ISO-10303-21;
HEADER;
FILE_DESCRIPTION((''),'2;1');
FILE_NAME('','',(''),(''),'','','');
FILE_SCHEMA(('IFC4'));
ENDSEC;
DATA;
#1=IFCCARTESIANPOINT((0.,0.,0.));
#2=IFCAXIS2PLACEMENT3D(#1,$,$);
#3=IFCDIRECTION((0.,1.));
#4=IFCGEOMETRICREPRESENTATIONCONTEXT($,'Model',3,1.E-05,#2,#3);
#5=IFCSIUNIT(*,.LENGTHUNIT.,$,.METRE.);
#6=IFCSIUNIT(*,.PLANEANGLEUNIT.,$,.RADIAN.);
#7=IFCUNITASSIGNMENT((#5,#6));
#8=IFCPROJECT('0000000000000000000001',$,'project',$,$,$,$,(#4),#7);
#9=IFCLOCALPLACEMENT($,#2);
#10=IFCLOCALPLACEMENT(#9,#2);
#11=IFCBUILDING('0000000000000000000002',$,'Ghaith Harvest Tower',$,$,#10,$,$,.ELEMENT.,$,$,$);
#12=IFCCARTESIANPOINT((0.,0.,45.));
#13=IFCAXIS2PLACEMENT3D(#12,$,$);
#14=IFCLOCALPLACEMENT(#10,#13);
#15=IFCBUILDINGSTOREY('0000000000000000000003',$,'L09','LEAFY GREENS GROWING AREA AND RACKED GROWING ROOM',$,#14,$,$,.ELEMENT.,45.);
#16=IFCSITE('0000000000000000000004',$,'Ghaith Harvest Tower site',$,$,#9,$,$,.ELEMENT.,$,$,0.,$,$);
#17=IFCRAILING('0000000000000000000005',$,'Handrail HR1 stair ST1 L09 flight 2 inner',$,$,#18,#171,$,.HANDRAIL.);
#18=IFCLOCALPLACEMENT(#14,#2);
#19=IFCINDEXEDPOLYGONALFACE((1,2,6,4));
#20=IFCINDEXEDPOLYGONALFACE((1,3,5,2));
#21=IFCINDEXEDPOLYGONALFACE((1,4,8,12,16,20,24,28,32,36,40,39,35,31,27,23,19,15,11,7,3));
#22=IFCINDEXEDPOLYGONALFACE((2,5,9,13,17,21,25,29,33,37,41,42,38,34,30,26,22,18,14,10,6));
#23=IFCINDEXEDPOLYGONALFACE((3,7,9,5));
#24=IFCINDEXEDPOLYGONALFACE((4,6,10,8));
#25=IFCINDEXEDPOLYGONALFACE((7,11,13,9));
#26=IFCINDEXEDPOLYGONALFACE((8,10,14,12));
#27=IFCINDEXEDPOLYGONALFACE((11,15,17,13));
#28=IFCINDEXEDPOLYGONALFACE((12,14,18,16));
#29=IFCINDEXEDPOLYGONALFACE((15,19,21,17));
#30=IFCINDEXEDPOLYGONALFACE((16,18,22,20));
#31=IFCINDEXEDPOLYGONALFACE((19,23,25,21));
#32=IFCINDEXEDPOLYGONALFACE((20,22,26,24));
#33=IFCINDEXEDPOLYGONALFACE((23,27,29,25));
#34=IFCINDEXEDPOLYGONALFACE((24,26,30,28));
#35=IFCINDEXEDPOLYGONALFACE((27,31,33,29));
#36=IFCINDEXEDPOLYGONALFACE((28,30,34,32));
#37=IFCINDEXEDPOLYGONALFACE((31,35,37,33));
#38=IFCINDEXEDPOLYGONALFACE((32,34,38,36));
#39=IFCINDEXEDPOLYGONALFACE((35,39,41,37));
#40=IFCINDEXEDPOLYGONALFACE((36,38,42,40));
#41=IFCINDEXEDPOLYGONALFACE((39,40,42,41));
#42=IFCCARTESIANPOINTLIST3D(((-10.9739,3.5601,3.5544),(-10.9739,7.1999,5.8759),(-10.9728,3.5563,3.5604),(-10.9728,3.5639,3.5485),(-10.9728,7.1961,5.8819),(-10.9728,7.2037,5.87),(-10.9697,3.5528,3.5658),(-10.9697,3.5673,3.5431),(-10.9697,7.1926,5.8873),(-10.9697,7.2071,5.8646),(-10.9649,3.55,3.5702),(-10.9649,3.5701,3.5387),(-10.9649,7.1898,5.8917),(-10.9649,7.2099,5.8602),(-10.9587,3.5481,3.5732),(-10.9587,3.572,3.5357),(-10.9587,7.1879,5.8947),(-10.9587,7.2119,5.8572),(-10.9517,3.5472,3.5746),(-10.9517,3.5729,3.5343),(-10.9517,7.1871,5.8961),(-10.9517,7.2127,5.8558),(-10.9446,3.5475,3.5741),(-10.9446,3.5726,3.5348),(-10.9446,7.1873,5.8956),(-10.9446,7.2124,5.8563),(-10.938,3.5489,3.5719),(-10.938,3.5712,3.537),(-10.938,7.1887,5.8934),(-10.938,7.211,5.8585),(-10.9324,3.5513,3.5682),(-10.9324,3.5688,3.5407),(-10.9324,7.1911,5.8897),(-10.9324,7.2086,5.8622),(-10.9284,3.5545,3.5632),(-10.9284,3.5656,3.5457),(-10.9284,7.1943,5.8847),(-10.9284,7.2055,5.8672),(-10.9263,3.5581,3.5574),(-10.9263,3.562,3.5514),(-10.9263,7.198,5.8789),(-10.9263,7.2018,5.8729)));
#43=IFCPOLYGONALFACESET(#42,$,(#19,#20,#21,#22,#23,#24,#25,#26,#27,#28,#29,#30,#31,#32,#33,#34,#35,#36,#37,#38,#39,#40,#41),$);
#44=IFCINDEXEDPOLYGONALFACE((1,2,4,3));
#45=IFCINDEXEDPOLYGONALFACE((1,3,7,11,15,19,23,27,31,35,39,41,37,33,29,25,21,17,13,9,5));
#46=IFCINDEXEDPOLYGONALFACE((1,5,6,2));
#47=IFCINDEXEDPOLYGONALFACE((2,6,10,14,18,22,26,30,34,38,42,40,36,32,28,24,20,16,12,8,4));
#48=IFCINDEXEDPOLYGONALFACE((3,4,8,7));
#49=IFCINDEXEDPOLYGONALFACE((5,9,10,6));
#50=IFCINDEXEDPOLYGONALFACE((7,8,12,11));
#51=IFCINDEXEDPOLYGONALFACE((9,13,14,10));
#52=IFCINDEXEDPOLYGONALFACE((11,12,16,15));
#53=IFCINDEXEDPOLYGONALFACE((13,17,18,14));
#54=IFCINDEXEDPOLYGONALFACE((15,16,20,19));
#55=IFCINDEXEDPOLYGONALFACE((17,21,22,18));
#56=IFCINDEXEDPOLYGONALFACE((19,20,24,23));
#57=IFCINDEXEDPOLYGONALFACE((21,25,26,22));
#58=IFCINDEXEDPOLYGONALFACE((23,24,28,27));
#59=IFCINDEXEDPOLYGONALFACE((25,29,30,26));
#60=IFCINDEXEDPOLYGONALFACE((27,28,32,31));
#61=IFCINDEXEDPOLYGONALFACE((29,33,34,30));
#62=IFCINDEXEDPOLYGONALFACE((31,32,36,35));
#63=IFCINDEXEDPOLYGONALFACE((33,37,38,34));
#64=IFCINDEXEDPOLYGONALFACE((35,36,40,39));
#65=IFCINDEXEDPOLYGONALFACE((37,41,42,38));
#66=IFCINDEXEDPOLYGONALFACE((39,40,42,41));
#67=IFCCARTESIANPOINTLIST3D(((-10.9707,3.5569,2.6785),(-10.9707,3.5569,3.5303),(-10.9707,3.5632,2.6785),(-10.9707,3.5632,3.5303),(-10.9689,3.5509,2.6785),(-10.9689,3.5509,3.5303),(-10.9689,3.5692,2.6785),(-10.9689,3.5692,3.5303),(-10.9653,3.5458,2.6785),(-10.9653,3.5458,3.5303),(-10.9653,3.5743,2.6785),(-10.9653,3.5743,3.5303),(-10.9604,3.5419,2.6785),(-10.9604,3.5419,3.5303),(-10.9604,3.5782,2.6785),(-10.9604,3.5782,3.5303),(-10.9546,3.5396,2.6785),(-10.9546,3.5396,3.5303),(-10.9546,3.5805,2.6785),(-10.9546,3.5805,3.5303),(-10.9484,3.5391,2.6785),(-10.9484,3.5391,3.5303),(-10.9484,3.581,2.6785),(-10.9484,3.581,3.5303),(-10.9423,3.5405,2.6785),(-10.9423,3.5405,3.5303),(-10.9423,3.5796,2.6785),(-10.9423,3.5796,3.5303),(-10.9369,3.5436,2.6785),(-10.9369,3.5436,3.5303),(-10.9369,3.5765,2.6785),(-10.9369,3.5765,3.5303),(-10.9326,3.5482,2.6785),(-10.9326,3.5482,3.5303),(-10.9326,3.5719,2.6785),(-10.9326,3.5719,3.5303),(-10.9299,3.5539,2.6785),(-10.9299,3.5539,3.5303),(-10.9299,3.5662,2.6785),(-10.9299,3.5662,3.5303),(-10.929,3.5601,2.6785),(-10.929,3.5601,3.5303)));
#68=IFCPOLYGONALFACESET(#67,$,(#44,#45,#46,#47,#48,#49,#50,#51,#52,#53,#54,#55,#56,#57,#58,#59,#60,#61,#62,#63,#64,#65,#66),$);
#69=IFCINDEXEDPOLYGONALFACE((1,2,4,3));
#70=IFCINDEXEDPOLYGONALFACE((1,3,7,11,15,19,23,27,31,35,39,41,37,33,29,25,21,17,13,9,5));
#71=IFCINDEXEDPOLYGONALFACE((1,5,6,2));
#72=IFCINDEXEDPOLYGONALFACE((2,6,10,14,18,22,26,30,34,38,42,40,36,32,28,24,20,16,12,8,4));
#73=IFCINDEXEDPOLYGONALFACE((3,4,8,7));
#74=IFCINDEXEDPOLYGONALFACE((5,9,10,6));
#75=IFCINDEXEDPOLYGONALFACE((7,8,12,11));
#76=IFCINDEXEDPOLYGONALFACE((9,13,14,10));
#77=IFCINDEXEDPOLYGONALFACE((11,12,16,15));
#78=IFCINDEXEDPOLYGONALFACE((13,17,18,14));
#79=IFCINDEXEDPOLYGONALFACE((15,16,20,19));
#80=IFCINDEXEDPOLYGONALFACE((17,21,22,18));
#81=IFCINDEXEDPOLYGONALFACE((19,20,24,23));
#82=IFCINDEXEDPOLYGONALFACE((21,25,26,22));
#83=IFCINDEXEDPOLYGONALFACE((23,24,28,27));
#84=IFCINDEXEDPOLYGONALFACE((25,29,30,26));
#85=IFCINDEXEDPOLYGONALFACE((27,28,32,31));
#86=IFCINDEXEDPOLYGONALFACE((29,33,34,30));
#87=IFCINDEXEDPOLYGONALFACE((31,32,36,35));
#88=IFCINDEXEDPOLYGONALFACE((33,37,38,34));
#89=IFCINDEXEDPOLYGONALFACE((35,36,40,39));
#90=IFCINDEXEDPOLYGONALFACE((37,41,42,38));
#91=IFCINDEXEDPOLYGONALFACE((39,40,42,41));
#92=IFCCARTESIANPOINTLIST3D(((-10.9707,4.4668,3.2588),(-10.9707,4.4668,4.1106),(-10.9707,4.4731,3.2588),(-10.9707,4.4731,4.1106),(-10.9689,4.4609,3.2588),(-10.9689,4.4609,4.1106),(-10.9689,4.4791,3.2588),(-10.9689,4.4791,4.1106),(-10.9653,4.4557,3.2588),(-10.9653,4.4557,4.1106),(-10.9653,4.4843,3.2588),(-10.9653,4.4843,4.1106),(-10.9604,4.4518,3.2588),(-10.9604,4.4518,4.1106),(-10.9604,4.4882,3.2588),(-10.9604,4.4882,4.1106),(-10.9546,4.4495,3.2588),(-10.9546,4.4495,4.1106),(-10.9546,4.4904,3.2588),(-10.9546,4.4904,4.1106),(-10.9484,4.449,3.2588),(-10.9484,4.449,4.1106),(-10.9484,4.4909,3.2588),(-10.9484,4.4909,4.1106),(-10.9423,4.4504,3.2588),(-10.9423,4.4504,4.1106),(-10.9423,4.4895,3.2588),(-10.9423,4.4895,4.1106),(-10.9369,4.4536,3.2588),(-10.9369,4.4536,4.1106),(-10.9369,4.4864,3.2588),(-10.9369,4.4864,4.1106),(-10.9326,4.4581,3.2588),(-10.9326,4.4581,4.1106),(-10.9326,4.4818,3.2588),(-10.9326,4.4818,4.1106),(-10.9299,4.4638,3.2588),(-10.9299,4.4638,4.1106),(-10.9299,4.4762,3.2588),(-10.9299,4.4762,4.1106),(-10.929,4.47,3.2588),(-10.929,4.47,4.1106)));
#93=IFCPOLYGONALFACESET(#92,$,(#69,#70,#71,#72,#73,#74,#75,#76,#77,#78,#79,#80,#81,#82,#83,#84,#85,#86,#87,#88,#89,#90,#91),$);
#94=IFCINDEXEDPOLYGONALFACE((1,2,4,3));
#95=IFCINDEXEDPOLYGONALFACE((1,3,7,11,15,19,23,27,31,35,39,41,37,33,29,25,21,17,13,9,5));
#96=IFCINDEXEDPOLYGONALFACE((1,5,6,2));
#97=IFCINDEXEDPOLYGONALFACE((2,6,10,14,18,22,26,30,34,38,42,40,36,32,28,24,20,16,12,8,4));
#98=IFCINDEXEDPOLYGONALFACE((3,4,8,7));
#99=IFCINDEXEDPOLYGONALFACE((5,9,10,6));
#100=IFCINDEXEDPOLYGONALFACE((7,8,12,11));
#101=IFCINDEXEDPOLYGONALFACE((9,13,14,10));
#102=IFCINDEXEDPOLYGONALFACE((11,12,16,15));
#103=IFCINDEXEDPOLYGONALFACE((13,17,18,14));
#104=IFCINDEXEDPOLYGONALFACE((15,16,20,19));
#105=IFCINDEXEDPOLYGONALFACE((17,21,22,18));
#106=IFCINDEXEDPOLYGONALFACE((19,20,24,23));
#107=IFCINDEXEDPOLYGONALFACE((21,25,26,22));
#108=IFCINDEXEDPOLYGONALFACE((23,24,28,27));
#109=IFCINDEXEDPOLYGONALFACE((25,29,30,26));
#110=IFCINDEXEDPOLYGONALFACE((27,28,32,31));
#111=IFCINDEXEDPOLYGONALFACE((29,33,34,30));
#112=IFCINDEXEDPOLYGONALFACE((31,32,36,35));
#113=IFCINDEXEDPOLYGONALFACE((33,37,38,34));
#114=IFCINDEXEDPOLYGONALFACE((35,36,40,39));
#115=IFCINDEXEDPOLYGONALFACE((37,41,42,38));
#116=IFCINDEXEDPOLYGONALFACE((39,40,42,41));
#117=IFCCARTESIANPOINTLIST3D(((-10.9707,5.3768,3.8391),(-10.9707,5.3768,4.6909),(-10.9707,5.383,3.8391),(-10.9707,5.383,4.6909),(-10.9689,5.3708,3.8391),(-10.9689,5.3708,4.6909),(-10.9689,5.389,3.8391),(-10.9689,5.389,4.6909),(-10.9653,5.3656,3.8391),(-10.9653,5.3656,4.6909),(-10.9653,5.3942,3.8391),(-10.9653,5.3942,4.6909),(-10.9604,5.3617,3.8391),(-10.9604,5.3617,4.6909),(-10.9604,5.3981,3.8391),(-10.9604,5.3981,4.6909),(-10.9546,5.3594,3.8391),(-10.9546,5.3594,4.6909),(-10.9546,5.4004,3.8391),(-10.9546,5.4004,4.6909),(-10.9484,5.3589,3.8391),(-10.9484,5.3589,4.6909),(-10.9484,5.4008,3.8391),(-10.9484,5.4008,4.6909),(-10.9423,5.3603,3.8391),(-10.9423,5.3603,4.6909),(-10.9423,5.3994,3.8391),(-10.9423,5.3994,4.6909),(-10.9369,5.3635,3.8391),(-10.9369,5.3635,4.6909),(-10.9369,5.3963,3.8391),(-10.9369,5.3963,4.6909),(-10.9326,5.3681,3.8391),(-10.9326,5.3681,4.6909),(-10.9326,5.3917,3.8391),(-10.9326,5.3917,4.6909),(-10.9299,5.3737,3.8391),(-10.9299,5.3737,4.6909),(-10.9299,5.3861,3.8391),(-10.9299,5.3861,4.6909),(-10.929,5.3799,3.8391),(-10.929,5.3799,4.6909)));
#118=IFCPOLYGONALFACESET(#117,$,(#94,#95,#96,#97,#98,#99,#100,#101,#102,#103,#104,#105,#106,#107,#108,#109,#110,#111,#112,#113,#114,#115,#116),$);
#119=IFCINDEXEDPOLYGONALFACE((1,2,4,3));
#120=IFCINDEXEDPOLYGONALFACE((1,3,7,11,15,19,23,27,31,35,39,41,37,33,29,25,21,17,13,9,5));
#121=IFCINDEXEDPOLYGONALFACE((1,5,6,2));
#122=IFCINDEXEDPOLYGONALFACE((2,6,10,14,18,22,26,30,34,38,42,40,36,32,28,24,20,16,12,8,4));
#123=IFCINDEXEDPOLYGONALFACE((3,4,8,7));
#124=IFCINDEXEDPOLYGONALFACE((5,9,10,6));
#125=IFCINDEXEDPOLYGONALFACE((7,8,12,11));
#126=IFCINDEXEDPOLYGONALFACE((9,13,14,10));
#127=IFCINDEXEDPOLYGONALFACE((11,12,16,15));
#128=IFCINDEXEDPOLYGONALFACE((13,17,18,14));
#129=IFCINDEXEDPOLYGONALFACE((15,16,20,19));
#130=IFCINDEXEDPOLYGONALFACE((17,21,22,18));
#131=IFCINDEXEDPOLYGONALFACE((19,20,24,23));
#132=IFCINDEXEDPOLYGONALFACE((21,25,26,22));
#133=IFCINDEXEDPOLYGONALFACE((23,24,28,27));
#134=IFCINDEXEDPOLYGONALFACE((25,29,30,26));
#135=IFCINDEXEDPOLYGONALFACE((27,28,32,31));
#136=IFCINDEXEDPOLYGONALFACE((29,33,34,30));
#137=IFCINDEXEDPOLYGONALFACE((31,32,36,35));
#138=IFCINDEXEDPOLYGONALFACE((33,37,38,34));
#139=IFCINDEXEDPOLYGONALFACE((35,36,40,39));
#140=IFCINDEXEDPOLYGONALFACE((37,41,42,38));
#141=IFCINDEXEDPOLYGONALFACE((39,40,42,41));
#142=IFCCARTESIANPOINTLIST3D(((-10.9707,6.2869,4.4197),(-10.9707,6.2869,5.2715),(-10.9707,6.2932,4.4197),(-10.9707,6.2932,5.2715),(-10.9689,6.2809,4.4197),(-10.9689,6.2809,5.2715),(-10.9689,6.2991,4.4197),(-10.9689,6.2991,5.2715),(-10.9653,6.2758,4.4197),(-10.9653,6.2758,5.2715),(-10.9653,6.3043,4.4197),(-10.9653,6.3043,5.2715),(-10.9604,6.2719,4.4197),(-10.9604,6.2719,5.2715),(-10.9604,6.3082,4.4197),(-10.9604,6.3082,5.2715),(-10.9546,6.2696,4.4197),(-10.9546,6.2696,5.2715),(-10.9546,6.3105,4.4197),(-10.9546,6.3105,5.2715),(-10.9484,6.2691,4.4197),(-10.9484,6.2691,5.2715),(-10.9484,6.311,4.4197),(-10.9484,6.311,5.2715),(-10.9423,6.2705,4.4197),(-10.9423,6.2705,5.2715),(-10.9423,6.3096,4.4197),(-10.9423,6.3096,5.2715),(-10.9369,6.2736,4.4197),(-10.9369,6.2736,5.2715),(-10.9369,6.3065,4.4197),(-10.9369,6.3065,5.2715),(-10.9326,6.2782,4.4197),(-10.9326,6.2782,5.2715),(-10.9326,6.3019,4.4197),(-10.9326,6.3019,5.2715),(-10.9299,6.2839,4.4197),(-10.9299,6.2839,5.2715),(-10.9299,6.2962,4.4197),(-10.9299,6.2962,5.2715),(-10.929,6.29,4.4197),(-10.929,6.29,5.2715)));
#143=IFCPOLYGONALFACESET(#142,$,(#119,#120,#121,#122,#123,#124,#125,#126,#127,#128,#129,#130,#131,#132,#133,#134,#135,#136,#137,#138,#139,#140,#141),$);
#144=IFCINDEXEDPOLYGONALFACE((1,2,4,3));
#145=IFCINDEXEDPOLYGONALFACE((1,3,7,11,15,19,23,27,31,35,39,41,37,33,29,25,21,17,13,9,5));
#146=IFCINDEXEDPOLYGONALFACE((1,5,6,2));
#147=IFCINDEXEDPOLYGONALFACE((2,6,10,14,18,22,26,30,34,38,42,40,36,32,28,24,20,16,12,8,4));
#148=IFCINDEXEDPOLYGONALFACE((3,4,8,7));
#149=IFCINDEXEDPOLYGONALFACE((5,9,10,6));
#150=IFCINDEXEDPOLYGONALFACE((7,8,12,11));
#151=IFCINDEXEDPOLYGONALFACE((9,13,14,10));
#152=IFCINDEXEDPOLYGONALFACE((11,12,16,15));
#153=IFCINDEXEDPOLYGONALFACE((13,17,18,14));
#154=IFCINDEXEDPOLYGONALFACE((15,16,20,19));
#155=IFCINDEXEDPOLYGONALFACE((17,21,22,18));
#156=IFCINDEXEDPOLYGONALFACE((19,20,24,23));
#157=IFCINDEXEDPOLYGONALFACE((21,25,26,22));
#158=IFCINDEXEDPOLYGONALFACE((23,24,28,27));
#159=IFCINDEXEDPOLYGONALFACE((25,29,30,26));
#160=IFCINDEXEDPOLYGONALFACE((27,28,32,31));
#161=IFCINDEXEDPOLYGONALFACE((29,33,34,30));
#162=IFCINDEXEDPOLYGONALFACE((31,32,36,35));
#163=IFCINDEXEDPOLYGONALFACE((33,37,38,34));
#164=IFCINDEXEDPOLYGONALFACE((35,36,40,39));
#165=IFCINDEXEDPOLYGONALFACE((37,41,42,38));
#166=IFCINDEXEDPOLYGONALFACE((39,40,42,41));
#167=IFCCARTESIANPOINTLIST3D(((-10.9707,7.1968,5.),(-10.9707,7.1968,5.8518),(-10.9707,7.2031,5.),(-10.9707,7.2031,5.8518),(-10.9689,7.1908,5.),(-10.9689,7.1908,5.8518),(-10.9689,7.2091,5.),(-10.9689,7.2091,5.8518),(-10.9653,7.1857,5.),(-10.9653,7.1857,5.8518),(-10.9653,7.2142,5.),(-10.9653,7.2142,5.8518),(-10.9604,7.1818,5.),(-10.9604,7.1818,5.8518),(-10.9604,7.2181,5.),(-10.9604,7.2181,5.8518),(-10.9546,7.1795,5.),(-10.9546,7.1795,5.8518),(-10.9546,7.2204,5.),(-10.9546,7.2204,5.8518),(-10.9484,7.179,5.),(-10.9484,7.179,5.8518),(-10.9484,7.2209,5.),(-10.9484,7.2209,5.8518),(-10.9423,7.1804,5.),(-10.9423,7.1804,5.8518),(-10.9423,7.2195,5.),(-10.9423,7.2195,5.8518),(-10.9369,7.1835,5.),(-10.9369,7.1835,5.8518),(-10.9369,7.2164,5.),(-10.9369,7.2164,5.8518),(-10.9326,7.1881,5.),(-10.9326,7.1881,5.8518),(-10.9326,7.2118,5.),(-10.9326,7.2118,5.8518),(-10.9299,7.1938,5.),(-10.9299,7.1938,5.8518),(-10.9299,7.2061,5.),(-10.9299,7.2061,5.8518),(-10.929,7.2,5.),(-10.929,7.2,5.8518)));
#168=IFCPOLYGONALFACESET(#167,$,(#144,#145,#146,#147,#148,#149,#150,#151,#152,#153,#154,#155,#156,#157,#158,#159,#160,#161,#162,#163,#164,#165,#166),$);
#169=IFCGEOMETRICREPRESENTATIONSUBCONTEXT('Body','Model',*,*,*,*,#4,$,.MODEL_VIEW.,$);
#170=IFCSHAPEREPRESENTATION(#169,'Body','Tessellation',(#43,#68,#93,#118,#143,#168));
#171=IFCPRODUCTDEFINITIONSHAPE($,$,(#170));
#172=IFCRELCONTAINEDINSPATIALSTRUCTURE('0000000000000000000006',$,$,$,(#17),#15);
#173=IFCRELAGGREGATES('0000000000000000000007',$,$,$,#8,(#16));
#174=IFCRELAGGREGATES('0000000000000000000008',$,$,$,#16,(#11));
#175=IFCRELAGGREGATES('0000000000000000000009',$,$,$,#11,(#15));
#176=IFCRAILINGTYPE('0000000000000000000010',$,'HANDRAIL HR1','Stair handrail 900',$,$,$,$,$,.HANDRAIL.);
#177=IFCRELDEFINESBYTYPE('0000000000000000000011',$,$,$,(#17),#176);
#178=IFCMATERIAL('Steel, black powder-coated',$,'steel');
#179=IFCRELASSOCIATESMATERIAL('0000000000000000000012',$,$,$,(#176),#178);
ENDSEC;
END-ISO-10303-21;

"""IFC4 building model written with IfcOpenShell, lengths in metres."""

from ifc_helpers import new_model, si_unit, direction, frame, origin, origin_2d, place, context, subcontext, project, spatial, circle, extrude, material, type_object, element, save


model = new_model("IFC4")

# Units and contexts
model_context = context("Model", 3, precision=1e-05, world=origin(), true_north=direction((0.0, 1.0)))
body_context = subcontext(model_context, "Body", "Model", "MODEL_VIEW")
ifc_project = project(units=[si_unit("LENGTHUNIT", "METRE"), si_unit("PLANEANGLEUNIT", "RADIAN")], contexts=[model_context])

# Site, building, storey
site_placement = place(None, origin())
site = spatial("IfcSite", under=ifc_project, at=site_placement, Name="Ghaith Harvest Tower site", CompositionType="ELEMENT", RefElevation=0.0)
building_placement = place(site_placement, origin())
building = spatial("IfcBuilding", under=site, at=building_placement, Name="Ghaith Harvest Tower", CompositionType="ELEMENT")
storey_placement = place(building_placement, frame((0.0, 0.0, 45.0)))
storey = spatial("IfcBuildingStorey", under=building, at=storey_placement, Name="L09", Description="LEAFY GREENS GROWING AREA AND RACKED GROWING ROOM", CompositionType="ELEMENT", Elevation=45.0)

# Railing
ifc_material_1 = material(Name="Steel, black powder-coated", Category="steel")
railing_type = type_object("IfcRailingType", Name="HANDRAIL HR1", Description="Stair handrail 900", PredefinedType="HANDRAIL", material=ifc_material_1)
railing_1_placement = place(storey_placement, frame((-10.95, 3.5601, 2.6785)))
element("IfcRailing", 1, at=railing_1_placement, inside=storey, type_object=railing_type, Name="Handrail HR1 stair ST1 L09 flight 2 inner", PredefinedType="HANDRAIL", context=body_context, shape_type="SweptSolid", body=[
    extrude(circle(Radius=0.0239, at=origin_2d()), frame((0.0, 0.0, 0.876), z_axis=(0.0, 0.843112, 0.537739), x_axis=(-1.0, 0.0, 0.0)), (0.0, 0.0, 1.0), 4.3171),
    extrude(circle(Radius=0.021, at=origin_2d()), origin(), (0.0, 0.0, 1.0), 0.8518),
    extrude(circle(Radius=0.021, at=origin_2d()), frame((0.0, 0.9099, 0.5803)), (0.0, 0.0, 1.0), 0.8518),
    extrude(circle(Radius=0.021, at=origin_2d()), frame((0.0, 1.8198, 1.1606)), (0.0, 0.0, 1.0), 0.8518),
    extrude(circle(Radius=0.021, at=origin_2d()), frame((0.0, 2.73, 1.7412)), (0.0, 0.0, 1.0), 0.8518),
    extrude(circle(Radius=0.021, at=origin_2d()), frame((0.0, 3.6399, 2.3215)), (0.0, 0.0, 1.0), 0.8518),
])

save(model, "model.ifc")
